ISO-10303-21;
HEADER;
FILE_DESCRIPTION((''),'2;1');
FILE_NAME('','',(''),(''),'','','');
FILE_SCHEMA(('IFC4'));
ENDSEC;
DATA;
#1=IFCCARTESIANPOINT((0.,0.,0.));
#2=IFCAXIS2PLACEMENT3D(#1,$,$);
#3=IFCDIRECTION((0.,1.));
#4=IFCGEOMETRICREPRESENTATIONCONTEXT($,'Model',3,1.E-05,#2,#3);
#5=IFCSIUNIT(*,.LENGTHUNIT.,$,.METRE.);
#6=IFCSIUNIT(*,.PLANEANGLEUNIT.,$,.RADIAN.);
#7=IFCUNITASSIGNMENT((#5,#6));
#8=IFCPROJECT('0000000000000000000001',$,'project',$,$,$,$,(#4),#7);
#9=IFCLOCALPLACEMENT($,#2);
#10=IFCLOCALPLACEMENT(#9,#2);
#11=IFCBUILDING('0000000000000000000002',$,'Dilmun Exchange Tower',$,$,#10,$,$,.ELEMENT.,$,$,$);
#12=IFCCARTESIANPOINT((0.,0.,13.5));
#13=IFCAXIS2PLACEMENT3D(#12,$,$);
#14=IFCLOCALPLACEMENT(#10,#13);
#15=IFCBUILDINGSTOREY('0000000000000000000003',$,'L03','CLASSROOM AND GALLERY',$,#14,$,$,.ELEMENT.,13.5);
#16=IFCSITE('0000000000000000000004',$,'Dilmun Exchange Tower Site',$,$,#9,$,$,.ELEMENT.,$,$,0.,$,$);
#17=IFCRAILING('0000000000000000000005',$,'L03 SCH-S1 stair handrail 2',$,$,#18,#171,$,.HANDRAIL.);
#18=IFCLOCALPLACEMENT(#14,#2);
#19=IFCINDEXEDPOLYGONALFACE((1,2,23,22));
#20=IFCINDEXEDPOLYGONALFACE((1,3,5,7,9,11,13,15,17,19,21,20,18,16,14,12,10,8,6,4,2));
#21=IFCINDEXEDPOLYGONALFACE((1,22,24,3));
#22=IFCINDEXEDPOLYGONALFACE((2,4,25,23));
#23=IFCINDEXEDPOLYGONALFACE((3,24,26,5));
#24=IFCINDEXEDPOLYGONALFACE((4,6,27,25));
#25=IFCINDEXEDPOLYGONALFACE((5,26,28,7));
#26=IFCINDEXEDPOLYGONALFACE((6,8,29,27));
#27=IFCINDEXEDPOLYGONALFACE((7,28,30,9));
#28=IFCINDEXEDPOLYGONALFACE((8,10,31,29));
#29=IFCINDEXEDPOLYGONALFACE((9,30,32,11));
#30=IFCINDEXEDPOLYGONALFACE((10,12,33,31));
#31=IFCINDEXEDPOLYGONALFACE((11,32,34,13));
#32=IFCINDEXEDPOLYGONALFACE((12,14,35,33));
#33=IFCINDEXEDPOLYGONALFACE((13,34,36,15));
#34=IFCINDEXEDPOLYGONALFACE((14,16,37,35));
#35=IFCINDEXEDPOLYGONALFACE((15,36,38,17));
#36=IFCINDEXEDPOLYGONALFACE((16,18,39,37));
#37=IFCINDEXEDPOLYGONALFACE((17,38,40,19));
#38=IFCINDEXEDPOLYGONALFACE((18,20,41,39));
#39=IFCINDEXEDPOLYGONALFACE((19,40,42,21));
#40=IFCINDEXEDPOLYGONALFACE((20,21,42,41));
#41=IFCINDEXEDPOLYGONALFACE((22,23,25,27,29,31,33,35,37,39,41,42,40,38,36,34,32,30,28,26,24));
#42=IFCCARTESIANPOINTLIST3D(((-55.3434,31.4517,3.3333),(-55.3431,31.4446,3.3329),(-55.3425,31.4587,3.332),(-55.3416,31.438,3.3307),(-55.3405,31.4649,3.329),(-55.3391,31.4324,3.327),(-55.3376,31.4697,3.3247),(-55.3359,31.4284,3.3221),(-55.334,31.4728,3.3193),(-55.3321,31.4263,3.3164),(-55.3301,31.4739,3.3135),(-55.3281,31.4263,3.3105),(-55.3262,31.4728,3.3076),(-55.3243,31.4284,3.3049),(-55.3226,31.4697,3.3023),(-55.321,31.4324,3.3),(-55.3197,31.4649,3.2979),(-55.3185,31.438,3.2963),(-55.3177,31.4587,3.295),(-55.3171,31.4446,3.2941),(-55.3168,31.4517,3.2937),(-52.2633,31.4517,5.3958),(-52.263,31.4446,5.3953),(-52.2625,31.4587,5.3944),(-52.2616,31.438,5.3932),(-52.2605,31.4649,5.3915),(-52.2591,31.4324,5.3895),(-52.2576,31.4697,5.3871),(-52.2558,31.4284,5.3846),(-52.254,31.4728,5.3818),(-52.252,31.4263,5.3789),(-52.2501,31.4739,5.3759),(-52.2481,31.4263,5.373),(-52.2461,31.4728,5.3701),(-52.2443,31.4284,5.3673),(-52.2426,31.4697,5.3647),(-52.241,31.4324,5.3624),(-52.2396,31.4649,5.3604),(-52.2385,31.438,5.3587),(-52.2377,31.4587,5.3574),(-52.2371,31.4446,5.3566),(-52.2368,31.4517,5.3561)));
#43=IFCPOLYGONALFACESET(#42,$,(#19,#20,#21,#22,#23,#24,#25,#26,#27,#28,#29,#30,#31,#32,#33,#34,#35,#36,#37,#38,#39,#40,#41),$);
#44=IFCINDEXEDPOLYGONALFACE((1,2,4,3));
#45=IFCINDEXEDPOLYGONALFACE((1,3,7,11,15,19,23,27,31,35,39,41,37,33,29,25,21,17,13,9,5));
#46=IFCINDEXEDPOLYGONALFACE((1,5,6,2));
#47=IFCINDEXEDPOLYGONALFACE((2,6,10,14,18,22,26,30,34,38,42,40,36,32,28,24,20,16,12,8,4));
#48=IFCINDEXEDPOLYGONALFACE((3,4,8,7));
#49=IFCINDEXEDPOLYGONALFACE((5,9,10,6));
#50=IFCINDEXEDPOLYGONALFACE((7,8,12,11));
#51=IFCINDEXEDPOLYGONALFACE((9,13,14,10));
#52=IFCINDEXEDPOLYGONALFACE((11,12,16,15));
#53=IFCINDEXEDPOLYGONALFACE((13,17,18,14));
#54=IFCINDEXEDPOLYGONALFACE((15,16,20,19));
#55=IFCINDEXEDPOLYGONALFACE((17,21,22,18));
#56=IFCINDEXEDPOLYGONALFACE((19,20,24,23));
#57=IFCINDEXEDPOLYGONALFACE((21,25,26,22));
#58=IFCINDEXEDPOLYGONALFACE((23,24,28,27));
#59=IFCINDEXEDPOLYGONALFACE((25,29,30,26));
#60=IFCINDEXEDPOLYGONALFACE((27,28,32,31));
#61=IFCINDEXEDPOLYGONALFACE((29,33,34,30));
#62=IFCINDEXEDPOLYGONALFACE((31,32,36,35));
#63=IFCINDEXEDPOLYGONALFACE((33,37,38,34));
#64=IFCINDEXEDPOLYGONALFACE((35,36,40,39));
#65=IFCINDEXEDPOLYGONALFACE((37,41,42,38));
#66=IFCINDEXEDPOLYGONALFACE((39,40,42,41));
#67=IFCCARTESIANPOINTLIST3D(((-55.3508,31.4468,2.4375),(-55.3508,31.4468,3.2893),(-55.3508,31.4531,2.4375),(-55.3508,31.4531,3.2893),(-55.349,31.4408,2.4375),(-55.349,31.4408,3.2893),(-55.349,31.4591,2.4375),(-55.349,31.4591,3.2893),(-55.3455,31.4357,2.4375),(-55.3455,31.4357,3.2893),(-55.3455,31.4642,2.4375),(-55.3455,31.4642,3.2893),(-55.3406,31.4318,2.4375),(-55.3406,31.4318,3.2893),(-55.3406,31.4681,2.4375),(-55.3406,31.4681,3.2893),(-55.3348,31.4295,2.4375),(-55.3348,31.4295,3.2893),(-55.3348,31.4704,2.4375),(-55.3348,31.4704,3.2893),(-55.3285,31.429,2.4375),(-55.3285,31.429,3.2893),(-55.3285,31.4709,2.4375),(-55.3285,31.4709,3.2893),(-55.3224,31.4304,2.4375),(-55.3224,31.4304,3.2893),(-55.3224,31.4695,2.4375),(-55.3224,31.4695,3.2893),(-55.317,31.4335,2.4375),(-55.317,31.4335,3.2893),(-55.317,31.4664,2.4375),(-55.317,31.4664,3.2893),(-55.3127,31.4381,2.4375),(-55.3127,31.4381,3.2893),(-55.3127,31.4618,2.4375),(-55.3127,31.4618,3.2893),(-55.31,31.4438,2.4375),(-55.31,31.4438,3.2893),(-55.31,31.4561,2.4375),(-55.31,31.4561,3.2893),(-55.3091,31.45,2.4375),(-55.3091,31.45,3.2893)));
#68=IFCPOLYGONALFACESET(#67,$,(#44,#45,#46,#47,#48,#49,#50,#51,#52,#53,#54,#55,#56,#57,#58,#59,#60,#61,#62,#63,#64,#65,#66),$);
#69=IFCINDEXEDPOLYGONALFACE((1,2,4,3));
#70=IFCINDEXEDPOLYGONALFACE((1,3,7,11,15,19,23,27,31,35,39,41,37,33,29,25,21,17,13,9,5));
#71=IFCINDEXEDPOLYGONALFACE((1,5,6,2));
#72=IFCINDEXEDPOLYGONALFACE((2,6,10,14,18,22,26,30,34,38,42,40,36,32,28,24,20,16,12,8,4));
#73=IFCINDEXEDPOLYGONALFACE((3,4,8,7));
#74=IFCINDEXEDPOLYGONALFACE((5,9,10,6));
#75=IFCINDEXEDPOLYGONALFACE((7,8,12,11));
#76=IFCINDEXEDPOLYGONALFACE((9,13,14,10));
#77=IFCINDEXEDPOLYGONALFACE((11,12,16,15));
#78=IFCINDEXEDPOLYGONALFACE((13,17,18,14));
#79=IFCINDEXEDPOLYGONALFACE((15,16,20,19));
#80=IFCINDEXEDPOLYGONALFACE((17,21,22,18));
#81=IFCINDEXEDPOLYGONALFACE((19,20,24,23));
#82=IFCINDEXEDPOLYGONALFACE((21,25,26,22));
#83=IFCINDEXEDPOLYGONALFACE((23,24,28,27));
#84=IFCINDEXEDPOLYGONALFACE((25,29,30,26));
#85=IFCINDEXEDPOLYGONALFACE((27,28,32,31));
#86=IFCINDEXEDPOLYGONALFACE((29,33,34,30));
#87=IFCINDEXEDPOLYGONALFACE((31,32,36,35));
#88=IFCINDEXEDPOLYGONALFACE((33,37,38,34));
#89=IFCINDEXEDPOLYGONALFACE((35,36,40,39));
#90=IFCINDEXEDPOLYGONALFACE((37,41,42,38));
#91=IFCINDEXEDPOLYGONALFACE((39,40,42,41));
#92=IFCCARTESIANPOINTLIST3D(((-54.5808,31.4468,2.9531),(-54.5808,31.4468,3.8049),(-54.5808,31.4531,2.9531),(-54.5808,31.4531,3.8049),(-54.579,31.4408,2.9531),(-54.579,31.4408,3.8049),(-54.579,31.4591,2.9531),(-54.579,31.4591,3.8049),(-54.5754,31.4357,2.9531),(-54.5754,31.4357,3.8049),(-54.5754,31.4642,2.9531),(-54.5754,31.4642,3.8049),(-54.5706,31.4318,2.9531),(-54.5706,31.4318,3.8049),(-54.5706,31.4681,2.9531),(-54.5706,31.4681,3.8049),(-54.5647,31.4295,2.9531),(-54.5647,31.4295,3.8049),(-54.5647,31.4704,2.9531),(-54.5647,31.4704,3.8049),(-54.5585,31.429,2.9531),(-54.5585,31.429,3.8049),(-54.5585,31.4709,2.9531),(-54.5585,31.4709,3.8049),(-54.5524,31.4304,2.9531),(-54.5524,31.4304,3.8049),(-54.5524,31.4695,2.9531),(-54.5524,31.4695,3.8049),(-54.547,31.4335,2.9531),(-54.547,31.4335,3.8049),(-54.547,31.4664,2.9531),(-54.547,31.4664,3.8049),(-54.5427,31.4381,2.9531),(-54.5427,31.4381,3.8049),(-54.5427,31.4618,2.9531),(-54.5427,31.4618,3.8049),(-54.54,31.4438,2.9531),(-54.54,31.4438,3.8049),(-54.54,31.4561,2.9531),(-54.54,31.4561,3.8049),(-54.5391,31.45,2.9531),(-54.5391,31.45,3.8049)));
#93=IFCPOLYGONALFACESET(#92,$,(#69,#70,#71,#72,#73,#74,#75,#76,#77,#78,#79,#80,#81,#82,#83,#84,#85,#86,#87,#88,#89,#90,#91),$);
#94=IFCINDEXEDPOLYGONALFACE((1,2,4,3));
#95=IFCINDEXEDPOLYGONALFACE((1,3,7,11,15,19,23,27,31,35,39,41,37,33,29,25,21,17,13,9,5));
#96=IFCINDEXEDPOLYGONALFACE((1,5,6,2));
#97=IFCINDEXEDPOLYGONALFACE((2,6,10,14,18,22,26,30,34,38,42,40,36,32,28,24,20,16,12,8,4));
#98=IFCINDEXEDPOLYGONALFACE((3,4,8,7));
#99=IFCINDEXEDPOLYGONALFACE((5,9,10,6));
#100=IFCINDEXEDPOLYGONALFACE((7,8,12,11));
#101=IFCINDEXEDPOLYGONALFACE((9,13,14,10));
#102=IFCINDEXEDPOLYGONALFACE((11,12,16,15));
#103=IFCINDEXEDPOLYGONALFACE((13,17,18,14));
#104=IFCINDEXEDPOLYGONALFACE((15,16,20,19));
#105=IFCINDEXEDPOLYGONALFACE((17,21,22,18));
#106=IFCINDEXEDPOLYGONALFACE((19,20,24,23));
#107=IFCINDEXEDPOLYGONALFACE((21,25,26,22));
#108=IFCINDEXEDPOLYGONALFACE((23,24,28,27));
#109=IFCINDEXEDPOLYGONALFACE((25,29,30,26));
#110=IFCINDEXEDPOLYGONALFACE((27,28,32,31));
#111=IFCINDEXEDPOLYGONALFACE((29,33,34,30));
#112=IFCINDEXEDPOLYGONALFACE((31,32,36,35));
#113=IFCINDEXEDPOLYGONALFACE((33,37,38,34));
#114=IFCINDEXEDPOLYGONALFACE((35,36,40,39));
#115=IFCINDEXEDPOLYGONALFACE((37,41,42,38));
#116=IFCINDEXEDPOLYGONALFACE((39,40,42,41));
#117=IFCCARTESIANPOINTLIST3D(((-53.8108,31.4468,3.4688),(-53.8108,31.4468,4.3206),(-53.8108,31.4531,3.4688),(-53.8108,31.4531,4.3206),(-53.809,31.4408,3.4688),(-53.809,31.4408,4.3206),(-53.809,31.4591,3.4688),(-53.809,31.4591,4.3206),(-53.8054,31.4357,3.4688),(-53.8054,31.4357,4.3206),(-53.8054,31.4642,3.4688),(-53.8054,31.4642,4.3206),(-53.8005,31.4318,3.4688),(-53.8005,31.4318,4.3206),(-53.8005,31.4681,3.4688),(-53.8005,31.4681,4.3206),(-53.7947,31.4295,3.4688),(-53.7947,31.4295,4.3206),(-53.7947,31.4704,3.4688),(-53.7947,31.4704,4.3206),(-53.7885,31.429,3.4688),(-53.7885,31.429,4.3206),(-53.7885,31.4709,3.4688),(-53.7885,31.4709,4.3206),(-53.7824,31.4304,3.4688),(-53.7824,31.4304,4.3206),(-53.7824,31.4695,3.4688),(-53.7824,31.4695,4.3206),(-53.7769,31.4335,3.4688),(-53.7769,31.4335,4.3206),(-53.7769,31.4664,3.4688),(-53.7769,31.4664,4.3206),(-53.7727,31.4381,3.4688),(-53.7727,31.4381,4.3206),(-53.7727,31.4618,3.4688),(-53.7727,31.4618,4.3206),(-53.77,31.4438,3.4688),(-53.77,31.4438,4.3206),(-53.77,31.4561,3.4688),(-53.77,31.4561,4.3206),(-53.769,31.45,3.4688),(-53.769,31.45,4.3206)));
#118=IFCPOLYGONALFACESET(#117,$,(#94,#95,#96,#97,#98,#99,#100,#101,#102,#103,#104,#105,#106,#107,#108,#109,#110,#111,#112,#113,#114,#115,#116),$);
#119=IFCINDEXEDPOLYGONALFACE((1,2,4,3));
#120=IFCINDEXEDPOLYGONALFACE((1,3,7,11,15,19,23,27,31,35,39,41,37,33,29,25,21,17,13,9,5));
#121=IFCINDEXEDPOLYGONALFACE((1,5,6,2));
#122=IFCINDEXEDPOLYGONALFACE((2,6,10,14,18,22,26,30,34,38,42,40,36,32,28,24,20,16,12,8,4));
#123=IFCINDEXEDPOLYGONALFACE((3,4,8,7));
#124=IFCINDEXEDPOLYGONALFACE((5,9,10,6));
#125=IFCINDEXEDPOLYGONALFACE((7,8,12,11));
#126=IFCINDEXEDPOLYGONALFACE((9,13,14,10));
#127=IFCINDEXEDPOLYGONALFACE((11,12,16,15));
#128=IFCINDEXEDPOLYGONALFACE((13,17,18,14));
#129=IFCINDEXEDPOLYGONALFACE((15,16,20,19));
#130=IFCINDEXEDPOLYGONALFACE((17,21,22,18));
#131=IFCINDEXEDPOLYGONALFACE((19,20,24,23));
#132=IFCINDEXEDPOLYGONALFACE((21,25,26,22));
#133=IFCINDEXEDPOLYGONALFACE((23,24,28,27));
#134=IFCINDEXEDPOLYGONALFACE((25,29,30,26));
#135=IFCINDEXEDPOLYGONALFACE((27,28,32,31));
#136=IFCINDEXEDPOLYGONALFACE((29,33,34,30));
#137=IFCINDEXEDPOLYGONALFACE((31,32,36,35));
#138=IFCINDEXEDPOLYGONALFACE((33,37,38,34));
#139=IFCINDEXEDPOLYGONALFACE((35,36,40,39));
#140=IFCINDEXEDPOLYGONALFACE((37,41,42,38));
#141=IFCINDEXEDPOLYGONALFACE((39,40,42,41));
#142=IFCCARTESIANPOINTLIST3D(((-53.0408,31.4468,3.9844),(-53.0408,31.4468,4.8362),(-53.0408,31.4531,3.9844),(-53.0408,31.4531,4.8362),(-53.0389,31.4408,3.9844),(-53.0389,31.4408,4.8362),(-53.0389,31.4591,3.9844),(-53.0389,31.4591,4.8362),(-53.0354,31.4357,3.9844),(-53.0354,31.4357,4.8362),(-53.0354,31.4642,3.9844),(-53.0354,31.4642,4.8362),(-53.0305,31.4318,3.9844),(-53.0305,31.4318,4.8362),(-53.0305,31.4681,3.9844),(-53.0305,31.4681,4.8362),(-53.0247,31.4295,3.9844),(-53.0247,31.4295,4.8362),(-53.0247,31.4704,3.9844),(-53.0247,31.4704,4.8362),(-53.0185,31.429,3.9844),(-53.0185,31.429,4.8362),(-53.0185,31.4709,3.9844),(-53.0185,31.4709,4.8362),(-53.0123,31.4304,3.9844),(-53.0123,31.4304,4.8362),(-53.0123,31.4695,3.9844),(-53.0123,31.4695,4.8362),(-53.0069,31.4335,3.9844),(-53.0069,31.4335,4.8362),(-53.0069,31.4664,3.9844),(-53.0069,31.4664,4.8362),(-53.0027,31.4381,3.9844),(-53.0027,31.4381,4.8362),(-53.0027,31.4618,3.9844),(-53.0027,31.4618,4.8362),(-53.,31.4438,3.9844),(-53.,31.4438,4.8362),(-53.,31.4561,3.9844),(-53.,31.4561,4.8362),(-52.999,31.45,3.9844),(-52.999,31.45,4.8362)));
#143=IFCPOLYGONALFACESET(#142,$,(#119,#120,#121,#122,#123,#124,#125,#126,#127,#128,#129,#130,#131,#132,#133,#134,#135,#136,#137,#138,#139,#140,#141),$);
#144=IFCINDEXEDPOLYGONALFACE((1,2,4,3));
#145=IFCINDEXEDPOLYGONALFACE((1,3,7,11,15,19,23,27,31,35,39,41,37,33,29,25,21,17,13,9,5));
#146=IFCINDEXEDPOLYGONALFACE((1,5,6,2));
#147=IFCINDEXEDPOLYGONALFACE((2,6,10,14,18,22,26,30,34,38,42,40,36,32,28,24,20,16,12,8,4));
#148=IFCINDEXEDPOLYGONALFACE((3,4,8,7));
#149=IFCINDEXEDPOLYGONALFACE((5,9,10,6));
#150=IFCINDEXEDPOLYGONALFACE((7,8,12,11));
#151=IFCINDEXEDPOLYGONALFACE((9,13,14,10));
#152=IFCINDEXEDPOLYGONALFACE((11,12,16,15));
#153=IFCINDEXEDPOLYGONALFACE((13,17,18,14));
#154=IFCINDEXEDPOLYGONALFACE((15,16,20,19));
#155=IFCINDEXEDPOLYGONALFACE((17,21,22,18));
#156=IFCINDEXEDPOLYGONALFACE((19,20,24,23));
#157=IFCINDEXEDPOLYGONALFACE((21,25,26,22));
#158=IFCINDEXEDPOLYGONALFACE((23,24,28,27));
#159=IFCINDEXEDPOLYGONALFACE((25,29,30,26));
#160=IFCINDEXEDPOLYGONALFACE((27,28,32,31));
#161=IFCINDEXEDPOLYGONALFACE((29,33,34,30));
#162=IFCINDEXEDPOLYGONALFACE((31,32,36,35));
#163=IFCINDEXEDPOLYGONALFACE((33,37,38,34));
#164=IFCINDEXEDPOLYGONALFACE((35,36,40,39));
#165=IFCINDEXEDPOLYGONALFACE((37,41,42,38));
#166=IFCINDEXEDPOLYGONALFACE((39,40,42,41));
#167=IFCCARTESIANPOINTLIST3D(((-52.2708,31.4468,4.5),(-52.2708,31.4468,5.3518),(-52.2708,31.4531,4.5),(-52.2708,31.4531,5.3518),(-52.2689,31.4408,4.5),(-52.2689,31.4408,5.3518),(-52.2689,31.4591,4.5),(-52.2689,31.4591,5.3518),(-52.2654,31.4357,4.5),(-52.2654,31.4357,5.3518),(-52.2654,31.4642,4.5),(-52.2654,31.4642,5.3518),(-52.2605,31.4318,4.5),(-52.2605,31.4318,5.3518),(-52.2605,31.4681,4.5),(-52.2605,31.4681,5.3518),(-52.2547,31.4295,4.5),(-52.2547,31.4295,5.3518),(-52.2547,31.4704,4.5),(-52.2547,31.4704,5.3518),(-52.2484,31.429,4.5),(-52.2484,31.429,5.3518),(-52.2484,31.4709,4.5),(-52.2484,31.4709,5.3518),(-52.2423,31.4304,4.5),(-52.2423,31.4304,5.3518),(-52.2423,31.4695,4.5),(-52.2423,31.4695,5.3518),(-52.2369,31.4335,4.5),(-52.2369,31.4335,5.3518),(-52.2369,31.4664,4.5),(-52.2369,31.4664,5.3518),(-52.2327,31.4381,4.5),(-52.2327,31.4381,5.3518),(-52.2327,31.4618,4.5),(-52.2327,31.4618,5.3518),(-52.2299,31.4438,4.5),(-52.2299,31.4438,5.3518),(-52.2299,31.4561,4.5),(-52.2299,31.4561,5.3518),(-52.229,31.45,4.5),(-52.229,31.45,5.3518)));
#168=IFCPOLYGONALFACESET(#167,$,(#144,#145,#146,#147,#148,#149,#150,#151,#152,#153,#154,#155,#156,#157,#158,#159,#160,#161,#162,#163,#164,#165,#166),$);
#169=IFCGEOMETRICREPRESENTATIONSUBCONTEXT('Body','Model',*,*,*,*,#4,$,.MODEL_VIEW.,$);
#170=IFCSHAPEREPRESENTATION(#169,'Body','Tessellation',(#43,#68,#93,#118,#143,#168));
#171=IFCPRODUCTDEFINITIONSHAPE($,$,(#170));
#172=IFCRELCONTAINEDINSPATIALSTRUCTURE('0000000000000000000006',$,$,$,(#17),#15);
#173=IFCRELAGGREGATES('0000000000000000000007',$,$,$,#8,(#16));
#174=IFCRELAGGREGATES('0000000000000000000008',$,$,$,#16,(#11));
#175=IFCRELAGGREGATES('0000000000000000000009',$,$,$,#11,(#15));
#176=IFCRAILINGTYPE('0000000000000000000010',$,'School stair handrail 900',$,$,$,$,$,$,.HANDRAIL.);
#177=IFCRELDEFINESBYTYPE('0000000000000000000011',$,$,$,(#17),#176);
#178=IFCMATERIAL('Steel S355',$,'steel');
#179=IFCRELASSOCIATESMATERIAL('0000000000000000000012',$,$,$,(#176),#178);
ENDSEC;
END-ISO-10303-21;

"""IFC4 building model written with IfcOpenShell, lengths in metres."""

from ifc_helpers import new_model, si_unit, direction, frame, origin, origin_2d, place, context, subcontext, project, spatial, circle, extrude, material, type_object, element, save


model = new_model("IFC4")

# Units and contexts
model_context = context("Model", 3, precision=1e-05, world=origin(), true_north=direction((0.0, 1.0)))
body_context = subcontext(model_context, "Body", "Model", "MODEL_VIEW")
ifc_project = project(units=[si_unit("LENGTHUNIT", "METRE"), si_unit("PLANEANGLEUNIT", "RADIAN")], contexts=[model_context])

# Site, building, storey
site_placement = place(None, origin())
site = spatial("IfcSite", under=ifc_project, at=site_placement, Name="Dilmun Exchange Tower Site", CompositionType="ELEMENT", RefElevation=0.0)
building_placement = place(site_placement, origin())
building = spatial("IfcBuilding", under=site, at=building_placement, Name="Dilmun Exchange Tower", CompositionType="ELEMENT")
storey_placement = place(building_placement, frame((0.0, 0.0, 13.5)))
storey = spatial("IfcBuildingStorey", under=building, at=storey_placement, Name="L03", Description="CLASSROOM AND GALLERY", CompositionType="ELEMENT", Elevation=13.5)

# Railing
ifc_material_1 = material(Name="Steel S355", Category="steel")
railing_type_1 = type_object("IfcRailingType", Name="School stair handrail 900", PredefinedType="HANDRAIL", material=ifc_material_1)
railing_1_placement = place(storey_placement, frame((-55.3301, 31.45, 2.4375)))
element("IfcRailing", 1, at=railing_1_placement, inside=storey, type_object=railing_type_1, Name="L03 SCH-S1 stair handrail 2", PredefinedType="HANDRAIL", context=body_context, shape_type="SweptSolid", body=[
    extrude(circle(Radius=0.0239, at=origin_2d()), frame((0.0, 0.0, 0.876), z_axis=(0.830914, 0.0, 0.556401), x_axis=(0.0, 1.0, 0.0)), (0.0, 0.0, 1.0), 3.7068),
    extrude(circle(Radius=0.021, at=origin_2d()), origin(), (0.0, 0.0, 1.0), 0.8518),
    extrude(circle(Radius=0.021, at=origin_2d()), frame((0.77, 0.0, 0.5156)), (0.0, 0.0, 1.0), 0.8518),
    extrude(circle(Radius=0.021, at=origin_2d()), frame((1.54, 0.0, 1.0312)), (0.0, 0.0, 1.0), 0.8518),
    extrude(circle(Radius=0.021, at=origin_2d()), frame((2.3101, 0.0, 1.5469)), (0.0, 0.0, 1.0), 0.8518),
    extrude(circle(Radius=0.021, at=origin_2d()), frame((3.0801, 0.0, 2.0625)), (0.0, 0.0, 1.0), 0.8518),
])

save(model, "model.ifc")
